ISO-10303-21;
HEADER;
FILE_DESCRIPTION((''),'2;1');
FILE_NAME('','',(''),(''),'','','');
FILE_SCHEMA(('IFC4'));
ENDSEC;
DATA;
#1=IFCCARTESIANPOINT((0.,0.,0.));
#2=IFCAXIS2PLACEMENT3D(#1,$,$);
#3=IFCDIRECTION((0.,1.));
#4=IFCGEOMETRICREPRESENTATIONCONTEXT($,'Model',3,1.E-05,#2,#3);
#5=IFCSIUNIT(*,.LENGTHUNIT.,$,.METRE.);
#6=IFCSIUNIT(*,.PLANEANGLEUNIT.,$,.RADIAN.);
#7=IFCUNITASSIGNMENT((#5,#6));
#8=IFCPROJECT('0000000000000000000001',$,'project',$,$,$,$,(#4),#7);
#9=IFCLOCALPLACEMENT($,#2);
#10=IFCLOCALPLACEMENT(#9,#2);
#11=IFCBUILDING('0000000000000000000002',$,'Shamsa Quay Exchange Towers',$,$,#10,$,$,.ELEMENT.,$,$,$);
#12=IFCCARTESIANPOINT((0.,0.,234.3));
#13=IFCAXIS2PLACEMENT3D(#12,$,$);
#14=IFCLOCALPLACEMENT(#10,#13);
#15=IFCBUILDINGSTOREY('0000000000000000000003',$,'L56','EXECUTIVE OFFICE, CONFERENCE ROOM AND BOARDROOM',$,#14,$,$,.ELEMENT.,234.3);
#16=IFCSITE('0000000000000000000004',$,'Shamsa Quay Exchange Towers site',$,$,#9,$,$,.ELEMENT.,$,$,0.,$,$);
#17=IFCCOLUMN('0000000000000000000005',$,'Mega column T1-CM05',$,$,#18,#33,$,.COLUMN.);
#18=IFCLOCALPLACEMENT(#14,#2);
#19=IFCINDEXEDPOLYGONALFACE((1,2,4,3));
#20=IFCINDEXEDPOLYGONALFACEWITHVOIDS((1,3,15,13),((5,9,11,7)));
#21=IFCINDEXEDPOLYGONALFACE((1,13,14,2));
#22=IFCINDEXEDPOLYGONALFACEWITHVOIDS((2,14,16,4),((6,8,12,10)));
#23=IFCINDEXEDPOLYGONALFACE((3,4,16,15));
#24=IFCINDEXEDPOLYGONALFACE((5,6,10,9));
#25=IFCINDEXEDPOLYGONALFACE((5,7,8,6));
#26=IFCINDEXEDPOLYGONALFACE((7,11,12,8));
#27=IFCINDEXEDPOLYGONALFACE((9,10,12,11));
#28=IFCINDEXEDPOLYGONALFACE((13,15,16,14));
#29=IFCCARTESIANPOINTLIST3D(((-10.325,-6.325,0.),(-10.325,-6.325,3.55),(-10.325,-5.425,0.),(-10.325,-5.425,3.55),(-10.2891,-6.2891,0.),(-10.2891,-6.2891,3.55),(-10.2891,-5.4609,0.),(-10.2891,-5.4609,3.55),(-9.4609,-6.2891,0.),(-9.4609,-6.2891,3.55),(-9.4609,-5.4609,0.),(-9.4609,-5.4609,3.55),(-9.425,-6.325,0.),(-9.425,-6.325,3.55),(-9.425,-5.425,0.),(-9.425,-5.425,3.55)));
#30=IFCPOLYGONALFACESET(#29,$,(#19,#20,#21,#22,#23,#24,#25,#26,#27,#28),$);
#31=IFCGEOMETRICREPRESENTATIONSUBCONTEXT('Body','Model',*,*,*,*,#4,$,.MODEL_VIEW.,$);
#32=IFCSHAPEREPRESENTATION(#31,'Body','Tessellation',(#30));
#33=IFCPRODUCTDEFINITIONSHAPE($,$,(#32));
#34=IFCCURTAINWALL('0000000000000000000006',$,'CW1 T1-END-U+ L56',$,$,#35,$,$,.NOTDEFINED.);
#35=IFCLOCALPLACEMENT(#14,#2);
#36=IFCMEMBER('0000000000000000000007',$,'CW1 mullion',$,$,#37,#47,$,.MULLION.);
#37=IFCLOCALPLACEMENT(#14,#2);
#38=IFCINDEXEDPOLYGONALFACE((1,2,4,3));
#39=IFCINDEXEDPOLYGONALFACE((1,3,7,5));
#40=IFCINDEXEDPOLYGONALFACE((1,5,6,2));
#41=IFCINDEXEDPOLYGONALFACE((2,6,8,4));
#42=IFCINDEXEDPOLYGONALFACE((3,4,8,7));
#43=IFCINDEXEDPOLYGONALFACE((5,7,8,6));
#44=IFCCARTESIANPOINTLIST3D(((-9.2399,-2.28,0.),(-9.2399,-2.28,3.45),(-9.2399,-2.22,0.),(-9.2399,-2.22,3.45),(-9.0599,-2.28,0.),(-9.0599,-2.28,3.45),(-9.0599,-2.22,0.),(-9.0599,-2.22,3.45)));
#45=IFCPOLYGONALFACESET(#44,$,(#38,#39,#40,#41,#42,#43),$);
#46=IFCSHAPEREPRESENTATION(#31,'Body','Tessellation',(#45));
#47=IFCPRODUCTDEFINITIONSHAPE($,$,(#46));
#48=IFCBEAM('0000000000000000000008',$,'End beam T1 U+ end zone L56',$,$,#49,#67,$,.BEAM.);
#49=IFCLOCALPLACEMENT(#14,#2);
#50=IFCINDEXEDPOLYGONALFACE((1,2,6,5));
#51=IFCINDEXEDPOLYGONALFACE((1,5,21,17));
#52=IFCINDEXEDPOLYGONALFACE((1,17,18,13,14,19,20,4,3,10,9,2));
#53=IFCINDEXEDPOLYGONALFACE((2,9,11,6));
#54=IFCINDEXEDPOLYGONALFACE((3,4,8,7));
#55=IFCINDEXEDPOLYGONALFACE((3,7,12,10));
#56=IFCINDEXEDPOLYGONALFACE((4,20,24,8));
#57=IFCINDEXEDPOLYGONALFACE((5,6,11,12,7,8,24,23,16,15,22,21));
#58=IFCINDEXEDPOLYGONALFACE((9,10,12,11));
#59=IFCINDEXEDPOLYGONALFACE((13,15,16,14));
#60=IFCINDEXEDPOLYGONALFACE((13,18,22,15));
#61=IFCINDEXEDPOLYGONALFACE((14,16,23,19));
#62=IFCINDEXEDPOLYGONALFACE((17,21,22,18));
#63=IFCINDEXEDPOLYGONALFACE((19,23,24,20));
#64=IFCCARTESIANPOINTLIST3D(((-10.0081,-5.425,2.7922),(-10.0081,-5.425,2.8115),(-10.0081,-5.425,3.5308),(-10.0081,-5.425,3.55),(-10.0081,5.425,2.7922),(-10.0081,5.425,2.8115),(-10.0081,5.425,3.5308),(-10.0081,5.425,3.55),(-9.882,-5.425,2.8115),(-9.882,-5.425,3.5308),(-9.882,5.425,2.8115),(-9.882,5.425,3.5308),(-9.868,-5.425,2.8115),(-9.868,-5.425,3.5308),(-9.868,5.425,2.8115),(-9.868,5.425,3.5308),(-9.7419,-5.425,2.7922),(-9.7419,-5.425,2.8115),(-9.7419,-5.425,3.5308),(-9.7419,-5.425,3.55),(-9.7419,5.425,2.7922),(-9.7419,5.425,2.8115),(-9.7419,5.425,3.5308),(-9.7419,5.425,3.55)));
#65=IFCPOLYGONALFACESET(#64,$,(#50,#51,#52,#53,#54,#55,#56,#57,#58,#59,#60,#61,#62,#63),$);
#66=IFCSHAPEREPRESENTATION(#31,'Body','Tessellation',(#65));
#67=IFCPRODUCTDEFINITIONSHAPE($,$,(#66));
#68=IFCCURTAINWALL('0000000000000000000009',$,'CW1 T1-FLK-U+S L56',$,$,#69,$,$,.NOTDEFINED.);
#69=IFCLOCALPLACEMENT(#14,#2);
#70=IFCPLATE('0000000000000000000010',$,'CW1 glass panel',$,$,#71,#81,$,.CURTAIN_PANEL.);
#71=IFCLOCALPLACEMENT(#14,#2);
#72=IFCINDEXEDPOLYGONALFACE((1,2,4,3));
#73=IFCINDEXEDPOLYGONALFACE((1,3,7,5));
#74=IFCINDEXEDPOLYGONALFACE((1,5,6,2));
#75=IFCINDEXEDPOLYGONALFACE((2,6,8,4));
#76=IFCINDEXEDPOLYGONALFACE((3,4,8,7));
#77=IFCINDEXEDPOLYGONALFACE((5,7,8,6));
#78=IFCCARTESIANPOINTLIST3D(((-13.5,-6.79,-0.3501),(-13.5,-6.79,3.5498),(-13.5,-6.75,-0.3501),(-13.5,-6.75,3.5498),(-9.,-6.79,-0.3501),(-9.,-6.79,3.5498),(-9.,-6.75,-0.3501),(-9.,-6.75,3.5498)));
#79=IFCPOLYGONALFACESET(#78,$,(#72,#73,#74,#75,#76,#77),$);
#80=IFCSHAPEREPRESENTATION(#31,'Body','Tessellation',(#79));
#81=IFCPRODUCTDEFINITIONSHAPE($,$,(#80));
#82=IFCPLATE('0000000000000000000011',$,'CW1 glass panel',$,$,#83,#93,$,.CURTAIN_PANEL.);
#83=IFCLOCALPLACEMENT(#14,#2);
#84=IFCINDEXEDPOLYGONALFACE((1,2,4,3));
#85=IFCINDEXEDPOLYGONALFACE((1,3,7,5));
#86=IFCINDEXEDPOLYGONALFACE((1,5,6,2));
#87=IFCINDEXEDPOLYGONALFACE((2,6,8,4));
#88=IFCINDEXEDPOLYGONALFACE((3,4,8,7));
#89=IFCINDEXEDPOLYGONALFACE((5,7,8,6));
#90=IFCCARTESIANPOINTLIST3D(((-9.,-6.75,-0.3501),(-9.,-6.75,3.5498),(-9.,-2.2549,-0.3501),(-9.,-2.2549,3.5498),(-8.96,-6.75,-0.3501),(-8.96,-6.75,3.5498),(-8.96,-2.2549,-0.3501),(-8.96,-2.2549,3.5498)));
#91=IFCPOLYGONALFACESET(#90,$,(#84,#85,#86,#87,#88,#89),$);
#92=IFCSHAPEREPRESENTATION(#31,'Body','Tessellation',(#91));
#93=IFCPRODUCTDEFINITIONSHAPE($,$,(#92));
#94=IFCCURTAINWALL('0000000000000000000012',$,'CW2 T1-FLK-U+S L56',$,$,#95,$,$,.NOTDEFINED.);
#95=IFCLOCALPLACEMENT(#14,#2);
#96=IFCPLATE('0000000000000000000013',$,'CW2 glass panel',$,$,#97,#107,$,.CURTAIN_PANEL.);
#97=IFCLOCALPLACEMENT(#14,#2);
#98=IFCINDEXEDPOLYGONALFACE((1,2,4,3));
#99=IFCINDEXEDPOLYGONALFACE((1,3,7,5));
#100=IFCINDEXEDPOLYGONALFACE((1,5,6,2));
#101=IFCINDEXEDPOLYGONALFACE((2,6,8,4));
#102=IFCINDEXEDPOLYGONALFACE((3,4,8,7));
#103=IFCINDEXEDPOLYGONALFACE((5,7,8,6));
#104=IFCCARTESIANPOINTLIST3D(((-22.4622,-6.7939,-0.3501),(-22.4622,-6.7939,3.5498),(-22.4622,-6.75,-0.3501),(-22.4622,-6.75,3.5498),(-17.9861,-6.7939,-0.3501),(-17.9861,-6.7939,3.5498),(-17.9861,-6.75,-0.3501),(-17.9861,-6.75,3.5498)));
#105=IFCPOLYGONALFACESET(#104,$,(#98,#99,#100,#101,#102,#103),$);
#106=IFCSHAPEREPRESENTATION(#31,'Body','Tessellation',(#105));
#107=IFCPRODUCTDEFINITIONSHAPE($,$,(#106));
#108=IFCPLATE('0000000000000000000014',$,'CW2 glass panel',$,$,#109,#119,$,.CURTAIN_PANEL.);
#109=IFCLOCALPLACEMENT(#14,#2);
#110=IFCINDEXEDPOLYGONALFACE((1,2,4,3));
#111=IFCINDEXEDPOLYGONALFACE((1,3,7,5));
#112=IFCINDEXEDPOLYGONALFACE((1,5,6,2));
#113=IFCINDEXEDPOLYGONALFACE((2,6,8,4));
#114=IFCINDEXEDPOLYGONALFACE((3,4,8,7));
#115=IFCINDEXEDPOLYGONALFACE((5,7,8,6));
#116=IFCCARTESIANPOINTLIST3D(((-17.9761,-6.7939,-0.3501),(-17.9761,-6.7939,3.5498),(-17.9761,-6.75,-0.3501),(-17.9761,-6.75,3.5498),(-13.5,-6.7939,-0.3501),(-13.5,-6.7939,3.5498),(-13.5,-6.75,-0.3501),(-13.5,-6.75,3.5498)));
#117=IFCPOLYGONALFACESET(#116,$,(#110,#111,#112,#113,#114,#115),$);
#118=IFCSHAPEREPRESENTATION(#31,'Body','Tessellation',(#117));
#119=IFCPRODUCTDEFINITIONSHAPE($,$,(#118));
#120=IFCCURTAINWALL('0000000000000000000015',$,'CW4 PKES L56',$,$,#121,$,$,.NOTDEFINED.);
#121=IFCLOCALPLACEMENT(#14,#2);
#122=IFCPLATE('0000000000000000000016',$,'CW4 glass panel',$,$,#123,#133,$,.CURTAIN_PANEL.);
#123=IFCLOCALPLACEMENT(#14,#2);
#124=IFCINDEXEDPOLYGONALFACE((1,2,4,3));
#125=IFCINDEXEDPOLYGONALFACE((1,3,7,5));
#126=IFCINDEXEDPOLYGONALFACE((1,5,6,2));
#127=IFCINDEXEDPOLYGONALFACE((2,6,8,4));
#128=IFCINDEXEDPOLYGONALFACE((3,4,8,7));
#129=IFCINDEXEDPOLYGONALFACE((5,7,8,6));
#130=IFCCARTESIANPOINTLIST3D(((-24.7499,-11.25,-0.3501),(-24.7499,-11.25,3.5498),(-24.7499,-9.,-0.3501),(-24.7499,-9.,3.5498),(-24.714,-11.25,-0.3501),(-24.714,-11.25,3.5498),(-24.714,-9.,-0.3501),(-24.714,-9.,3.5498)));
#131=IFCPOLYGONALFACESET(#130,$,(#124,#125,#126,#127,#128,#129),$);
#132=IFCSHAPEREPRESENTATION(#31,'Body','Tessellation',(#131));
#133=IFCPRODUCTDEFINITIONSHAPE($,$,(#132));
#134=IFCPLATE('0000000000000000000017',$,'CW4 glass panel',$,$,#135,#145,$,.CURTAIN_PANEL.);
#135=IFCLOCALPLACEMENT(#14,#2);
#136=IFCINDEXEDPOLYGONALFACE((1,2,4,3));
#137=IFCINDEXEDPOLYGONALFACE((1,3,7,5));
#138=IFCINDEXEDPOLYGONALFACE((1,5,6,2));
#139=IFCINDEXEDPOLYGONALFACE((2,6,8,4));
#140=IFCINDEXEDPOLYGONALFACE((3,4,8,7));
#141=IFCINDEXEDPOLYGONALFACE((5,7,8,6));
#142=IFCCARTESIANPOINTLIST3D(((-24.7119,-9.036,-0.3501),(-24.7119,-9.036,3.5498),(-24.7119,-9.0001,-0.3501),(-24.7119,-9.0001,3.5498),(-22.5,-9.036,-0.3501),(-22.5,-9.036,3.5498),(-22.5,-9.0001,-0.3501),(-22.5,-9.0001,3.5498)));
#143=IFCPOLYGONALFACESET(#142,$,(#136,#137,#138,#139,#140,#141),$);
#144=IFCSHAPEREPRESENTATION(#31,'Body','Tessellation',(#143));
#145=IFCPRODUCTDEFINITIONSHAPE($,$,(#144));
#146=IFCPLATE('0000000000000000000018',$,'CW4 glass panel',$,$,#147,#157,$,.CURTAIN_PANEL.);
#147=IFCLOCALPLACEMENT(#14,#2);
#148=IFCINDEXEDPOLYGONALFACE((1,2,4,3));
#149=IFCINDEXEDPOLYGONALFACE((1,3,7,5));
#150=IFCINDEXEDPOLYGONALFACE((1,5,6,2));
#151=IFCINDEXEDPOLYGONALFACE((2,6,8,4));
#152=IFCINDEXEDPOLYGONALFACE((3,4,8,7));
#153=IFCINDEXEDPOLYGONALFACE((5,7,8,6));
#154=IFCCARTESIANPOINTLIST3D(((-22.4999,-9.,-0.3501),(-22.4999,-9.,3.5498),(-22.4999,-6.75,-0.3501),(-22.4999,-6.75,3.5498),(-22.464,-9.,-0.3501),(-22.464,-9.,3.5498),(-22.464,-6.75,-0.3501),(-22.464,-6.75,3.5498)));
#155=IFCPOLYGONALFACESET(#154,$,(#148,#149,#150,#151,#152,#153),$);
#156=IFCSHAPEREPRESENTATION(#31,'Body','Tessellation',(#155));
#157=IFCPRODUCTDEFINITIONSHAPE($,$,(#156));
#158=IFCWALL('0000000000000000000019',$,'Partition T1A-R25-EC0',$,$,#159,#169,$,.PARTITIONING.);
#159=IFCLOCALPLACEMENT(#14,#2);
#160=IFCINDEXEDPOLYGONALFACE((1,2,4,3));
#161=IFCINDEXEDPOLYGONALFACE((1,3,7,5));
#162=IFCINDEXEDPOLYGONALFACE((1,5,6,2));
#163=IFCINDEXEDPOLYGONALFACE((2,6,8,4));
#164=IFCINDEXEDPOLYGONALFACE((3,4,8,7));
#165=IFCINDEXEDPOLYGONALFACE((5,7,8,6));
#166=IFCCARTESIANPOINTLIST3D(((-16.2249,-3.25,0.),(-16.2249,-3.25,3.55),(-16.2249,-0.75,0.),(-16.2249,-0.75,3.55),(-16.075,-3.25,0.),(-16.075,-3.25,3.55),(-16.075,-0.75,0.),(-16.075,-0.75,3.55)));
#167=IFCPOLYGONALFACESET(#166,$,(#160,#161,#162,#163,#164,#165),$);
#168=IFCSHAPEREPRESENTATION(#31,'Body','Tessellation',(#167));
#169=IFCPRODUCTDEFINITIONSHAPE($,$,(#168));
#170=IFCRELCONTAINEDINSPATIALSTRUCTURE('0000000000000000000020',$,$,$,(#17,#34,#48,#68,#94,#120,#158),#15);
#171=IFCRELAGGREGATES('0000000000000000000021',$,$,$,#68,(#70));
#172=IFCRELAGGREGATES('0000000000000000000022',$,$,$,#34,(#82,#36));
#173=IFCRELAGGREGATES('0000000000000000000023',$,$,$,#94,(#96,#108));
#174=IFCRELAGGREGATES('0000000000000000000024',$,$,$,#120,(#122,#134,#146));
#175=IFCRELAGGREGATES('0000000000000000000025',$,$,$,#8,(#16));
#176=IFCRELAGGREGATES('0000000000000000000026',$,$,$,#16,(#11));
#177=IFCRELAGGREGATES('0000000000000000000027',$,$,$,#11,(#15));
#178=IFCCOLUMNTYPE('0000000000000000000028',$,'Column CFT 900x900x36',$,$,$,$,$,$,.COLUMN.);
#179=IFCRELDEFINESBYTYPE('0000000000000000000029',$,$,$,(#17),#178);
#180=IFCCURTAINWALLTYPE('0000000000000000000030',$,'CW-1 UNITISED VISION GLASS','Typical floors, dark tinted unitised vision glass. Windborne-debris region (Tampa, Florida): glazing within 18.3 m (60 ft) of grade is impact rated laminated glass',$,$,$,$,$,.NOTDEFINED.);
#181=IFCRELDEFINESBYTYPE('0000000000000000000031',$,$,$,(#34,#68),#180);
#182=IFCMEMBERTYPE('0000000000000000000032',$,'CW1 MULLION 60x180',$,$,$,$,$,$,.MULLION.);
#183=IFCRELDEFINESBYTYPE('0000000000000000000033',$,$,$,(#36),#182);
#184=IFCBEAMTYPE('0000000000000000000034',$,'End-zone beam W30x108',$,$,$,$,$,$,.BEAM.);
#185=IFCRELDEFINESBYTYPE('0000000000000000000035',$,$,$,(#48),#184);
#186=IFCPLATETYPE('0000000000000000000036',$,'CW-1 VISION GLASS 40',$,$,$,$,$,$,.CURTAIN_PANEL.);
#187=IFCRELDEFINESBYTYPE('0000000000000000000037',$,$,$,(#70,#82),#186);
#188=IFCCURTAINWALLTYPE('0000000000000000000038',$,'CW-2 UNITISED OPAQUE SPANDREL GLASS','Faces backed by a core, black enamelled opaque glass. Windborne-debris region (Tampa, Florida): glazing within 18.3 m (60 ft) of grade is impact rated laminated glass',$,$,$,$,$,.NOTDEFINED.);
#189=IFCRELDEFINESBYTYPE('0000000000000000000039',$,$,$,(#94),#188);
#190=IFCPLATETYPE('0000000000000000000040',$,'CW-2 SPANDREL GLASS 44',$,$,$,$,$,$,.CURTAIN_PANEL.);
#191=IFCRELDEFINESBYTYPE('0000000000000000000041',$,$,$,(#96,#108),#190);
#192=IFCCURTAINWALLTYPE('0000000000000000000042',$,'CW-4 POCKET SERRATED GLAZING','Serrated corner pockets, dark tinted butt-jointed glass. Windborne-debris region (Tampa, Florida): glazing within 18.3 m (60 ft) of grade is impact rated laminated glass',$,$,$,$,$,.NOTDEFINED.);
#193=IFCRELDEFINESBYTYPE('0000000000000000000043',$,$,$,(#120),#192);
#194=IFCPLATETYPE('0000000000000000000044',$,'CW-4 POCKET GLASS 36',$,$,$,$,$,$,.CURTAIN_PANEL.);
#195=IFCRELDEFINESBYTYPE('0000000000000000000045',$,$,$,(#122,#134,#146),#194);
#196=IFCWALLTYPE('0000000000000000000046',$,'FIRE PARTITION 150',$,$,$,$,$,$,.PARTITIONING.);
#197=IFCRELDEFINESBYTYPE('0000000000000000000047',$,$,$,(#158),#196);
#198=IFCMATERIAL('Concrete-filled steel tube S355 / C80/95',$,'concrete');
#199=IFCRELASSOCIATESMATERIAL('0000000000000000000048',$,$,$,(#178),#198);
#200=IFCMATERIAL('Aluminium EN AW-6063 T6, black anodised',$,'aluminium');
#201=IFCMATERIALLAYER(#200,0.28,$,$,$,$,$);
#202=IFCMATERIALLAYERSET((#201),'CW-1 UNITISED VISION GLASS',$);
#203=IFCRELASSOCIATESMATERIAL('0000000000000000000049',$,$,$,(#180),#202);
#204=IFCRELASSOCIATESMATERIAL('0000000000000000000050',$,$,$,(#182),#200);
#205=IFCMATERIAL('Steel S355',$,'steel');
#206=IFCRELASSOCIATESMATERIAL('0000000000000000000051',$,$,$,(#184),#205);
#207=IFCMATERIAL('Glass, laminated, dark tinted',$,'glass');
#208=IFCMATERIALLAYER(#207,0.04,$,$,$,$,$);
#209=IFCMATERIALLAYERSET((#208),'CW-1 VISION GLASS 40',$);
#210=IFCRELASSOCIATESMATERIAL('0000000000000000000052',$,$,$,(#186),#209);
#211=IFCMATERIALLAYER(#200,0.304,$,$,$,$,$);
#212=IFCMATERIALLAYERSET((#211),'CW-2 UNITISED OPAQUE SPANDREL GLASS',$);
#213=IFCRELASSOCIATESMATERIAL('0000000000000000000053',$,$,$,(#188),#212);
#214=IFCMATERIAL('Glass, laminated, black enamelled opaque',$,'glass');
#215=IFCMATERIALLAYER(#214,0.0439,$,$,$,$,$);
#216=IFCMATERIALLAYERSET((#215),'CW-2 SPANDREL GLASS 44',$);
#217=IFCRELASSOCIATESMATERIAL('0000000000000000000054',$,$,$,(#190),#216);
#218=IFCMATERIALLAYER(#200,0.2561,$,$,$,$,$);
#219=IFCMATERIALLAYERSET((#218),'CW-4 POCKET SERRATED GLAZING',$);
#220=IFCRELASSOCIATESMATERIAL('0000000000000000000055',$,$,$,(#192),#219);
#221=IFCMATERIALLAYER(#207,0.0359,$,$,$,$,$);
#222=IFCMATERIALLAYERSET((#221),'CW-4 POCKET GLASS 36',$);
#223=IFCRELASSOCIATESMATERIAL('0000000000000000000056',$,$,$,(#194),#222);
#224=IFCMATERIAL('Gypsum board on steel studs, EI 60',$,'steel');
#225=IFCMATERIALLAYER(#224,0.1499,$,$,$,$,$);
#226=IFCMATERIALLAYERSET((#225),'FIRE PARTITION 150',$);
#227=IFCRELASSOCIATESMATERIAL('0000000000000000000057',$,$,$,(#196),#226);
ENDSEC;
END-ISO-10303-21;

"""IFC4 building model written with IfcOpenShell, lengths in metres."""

from ifc_helpers import new_model, si_unit, direction, frame, frame_2d, origin, origin_2d, place, context, subcontext, project, spatial, rectangle, hollow_rectangle, i_section, extrude, material, layer, layer_set, material_profile, profile_set, type_object, element, aggregate, save


model = new_model("IFC4")

# Units and contexts
model_context = context("Model", 3, precision=1e-05, world=origin(), true_north=direction((0.0, 1.0)))
body_context = subcontext(model_context, "Body", "Model", "MODEL_VIEW")
ifc_project = project(units=[si_unit("LENGTHUNIT", "METRE"), si_unit("PLANEANGLEUNIT", "RADIAN")], contexts=[model_context])

# Site, building, storey
site_placement = place(None, origin())
site = spatial("IfcSite", under=ifc_project, at=site_placement, Name="Shamsa Quay Exchange Towers site", CompositionType="ELEMENT", RefElevation=0.0)
building_placement = place(site_placement, origin())
building = spatial("IfcBuilding", under=site, at=building_placement, Name="Shamsa Quay Exchange Towers", CompositionType="ELEMENT")
storey_placement = place(building_placement, frame((0.0, 0.0, 234.3)))
storey = spatial("IfcBuildingStorey", under=building, at=storey_placement, Name="L56", Description="EXECUTIVE OFFICE, CONFERENCE ROOM AND BOARDROOM", CompositionType="ELEMENT", Elevation=234.3)

# Column
ifc_material_1 = material(Name="Concrete-filled steel tube S355 / C80/95", Category="concrete")
ifc_material_profile_1 = material_profile(ifc_material_1, hollow_rectangle(XDim=0.8999, YDim=0.8999, WallThickness=0.0359, at=origin_2d()), Name="CFT 900x900x36")
ifc_profile_set_1 = profile_set([ifc_material_profile_1], Name="Concrete-filled steel tube S355 / C80/95")
column_type = type_object("IfcColumnType", Name="Column CFT 900x900x36", PredefinedType="COLUMN", material=ifc_profile_set_1)
column_placement = place(storey_placement, frame((-9.875, -5.875, 0.0)))
element("IfcColumn", 1, at=column_placement, inside=storey, type_object=column_type, Name="Mega column T1-CM05", PredefinedType="COLUMN", context=body_context, shape_type="SweptSolid", body=[
    extrude(hollow_rectangle(XDim=0.8999, YDim=0.8999, WallThickness=0.0359, at=origin_2d()), origin(), (0.0, 0.0, 1.0), 3.55),
])

# Curtain wall, member
ifc_material_2 = material(Name="Aluminium EN AW-6063 T6, black anodised", Category="aluminium")
ifc_layer_1 = layer(ifc_material_2, 0.28)
ifc_layer_set_1 = layer_set([ifc_layer_1], Name="CW-1 UNITISED VISION GLASS")
curtain_wall_type_1 = type_object("IfcCurtainWallType", Name="CW-1 UNITISED VISION GLASS", Description="Typical floors, dark tinted unitised vision glass. Windborne-debris region (Tampa, Florida): glazing within 18.3 m (60 ft) of grade is impact rated laminated glass", PredefinedType="NOTDEFINED", material=ifc_layer_set_1)
curtain_wall_1_placement = place(storey_placement, origin())
curtain_wall_1 = element("IfcCurtainWall", 2, at=curtain_wall_1_placement, inside=storey, type_object=curtain_wall_type_1, Name="CW1 T1-END-U+ L56", PredefinedType="NOTDEFINED")
ifc_material_profile_2 = material_profile(ifc_material_2, rectangle(XDim=0.1799, YDim=0.0601, at=origin_2d()), Name="MU60x180")
ifc_profile_set_2 = profile_set([ifc_material_profile_2], Name="Aluminium EN AW-6063 T6, black anodised")
member_type = type_object("IfcMemberType", Name="CW1 MULLION 60x180", PredefinedType="MULLION", material=ifc_profile_set_2)
member_placement = place(storey_placement, frame((-9.1499, -2.25, 0.0), z_axis=(0.0, 0.0, 1.0), x_axis=(-1.0, 0.0, 0.0)))
member = element("IfcMember", 3, at=member_placement, type_object=member_type, Name="CW1 mullion", PredefinedType="MULLION", context=body_context, shape_type="SweptSolid", body=[
    extrude(rectangle(XDim=0.1799, YDim=0.0601, at=origin_2d()), origin(), (0.0, 0.0, 1.0), 3.45),
])

# Beam
ifc_material_3 = material(Name="Steel S355", Category="steel")
ifc_material_profile_3 = material_profile(ifc_material_3, i_section(OverallWidth=0.2661, OverallDepth=0.7578, WebThickness=0.0139, FlangeThickness=0.0193, at=origin_2d()), Name="W30x108")
ifc_profile_set_3 = profile_set([ifc_material_profile_3], Name="Steel S355")
beam_type = type_object("IfcBeamType", Name="End-zone beam W30x108", PredefinedType="BEAM", material=ifc_profile_set_3)
beam_placement = place(storey_placement, frame((-9.875, -5.425, 3.1711), z_axis=(0.0, 1.0, 0.0), x_axis=(-1.0, 0.0, 0.0)))
element("IfcBeam", 4, at=beam_placement, inside=storey, type_object=beam_type, Name="End beam T1 U+ end zone L56", PredefinedType="BEAM", context=body_context, shape_type="SweptSolid", body=[
    extrude(i_section(OverallWidth=0.2661, OverallDepth=0.7578, WebThickness=0.0139, FlangeThickness=0.0193, at=origin_2d()), origin(), (0.0, 0.0, 1.0), 10.8501),
])

# Curtain wall, plate
curtain_wall_2_placement = place(storey_placement, origin())
curtain_wall_2 = element("IfcCurtainWall", 5, at=curtain_wall_2_placement, inside=storey, type_object=curtain_wall_type_1, Name="CW1 T1-FLK-U+S L56", PredefinedType="NOTDEFINED")
ifc_material_4 = material(Name="Glass, laminated, dark tinted", Category="glass")
ifc_layer_2 = layer(ifc_material_4, 0.04)
ifc_layer_set_2 = layer_set([ifc_layer_2], Name="CW-1 VISION GLASS 40")
plate_type_1 = type_object("IfcPlateType", Name="CW-1 VISION GLASS 40", PredefinedType="CURTAIN_PANEL", material=ifc_layer_set_2)
plate_1_placement = place(storey_placement, frame((-11.25, -6.77, -0.3501)))
plate_1 = element("IfcPlate", 6, at=plate_1_placement, type_object=plate_type_1, Name="CW1 glass panel", PredefinedType="CURTAIN_PANEL", context=body_context, shape_type="SweptSolid", body=[
    extrude(rectangle(XDim=4.5, YDim=0.04, at=origin_2d()), origin(), (0.0, 0.0, 1.0), 3.8999),
])
aggregate(curtain_wall_2, [plate_1])

# Plate
plate_2_placement = place(storey_placement, frame((-8.98, -4.5024, -0.3501), z_axis=(0.0, 0.0, 1.0), x_axis=(0.0, 1.0, 0.0)))
plate_2 = element("IfcPlate", 7, at=plate_2_placement, type_object=plate_type_1, Name="CW1 glass panel", PredefinedType="CURTAIN_PANEL", context=body_context, shape_type="SweptSolid", body=[
    extrude(rectangle(XDim=4.4951, YDim=0.04, at=origin_2d()), origin(), (0.0, 0.0, 1.0), 3.8999),
])
aggregate(curtain_wall_1, [plate_2, member])

# Curtain walls, plates
ifc_layer_3 = layer(ifc_material_2, 0.304)
ifc_layer_set_3 = layer_set([ifc_layer_3], Name="CW-2 UNITISED OPAQUE SPANDREL GLASS")
curtain_wall_type_2 = type_object("IfcCurtainWallType", Name="CW-2 UNITISED OPAQUE SPANDREL GLASS", Description="Faces backed by a core, black enamelled opaque glass. Windborne-debris region (Tampa, Florida): glazing within 18.3 m (60 ft) of grade is impact rated laminated glass", PredefinedType="NOTDEFINED", material=ifc_layer_set_3)
curtain_wall_3_placement = place(storey_placement, origin())
curtain_wall_3 = element("IfcCurtainWall", 8, at=curtain_wall_3_placement, inside=storey, type_object=curtain_wall_type_2, Name="CW2 T1-FLK-U+S L56", PredefinedType="NOTDEFINED")
ifc_material_5 = material(Name="Glass, laminated, black enamelled opaque", Category="glass")
ifc_layer_4 = layer(ifc_material_5, 0.0439)
ifc_layer_set_4 = layer_set([ifc_layer_4], Name="CW-2 SPANDREL GLASS 44")
plate_type_2 = type_object("IfcPlateType", Name="CW-2 SPANDREL GLASS 44", PredefinedType="CURTAIN_PANEL", material=ifc_layer_set_4)
plate_3_placement = place(storey_placement, frame((-20.2241, -6.772, -0.3501)))
plate_3 = element("IfcPlate", 9, at=plate_3_placement, type_object=plate_type_2, Name="CW2 glass panel", PredefinedType="CURTAIN_PANEL", context=body_context, shape_type="SweptSolid", body=[
    extrude(rectangle(XDim=4.4761, YDim=0.0439, at=origin_2d()), origin(), (0.0, 0.0, 1.0), 3.8999),
])
plate_4_placement = place(storey_placement, frame((-15.738, -6.772, -0.3501)))
plate_4 = element("IfcPlate", 10, at=plate_4_placement, type_object=plate_type_2, Name="CW2 glass panel", PredefinedType="CURTAIN_PANEL", context=body_context, shape_type="SweptSolid", body=[
    extrude(rectangle(XDim=4.4761, YDim=0.0439, at=origin_2d()), origin(), (0.0, 0.0, 1.0), 3.8999),
])
aggregate(curtain_wall_3, [plate_3, plate_4])
ifc_layer_5 = layer(ifc_material_2, 0.2561)
ifc_layer_set_5 = layer_set([ifc_layer_5], Name="CW-4 POCKET SERRATED GLAZING")
curtain_wall_type_3 = type_object("IfcCurtainWallType", Name="CW-4 POCKET SERRATED GLAZING", Description="Serrated corner pockets, dark tinted butt-jointed glass. Windborne-debris region (Tampa, Florida): glazing within 18.3 m (60 ft) of grade is impact rated laminated glass", PredefinedType="NOTDEFINED", material=ifc_layer_set_5)
curtain_wall_4_placement = place(storey_placement, origin())
curtain_wall_4 = element("IfcCurtainWall", 11, at=curtain_wall_4_placement, inside=storey, type_object=curtain_wall_type_3, Name="CW4 PKES L56", PredefinedType="NOTDEFINED")
ifc_layer_6 = layer(ifc_material_4, 0.0359)
ifc_layer_set_6 = layer_set([ifc_layer_6], Name="CW-4 POCKET GLASS 36")
plate_type_3 = type_object("IfcPlateType", Name="CW-4 POCKET GLASS 36", PredefinedType="CURTAIN_PANEL", material=ifc_layer_set_6)
plate_5_placement = place(storey_placement, frame((-24.7319, -10.125, -0.3501), z_axis=(0.0, 0.0, 1.0), x_axis=(0.0, 1.0, 0.0)))
plate_5 = element("IfcPlate", 12, at=plate_5_placement, type_object=plate_type_3, Name="CW4 glass panel", PredefinedType="CURTAIN_PANEL", context=body_context, shape_type="SweptSolid", body=[
    extrude(rectangle(XDim=2.25, YDim=0.0359, at=origin_2d()), origin(), (0.0, 0.0, 1.0), 3.8999),
])
plate_6_placement = place(storey_placement, frame((-23.606, -9.0181, -0.3501)))
plate_6 = element("IfcPlate", 13, at=plate_6_placement, type_object=plate_type_3, Name="CW4 glass panel", PredefinedType="CURTAIN_PANEL", context=body_context, shape_type="SweptSolid", body=[
    extrude(rectangle(XDim=2.2119, YDim=0.0359, at=origin_2d()), origin(), (0.0, 0.0, 1.0), 3.8999),
])
plate_7_placement = place(storey_placement, frame((-22.4819, -7.875, -0.3501), z_axis=(0.0, 0.0, 1.0), x_axis=(0.0, 1.0, 0.0)))
plate_7 = element("IfcPlate", 14, at=plate_7_placement, type_object=plate_type_3, Name="CW4 glass panel", PredefinedType="CURTAIN_PANEL", context=body_context, shape_type="SweptSolid", body=[
    extrude(rectangle(XDim=2.25, YDim=0.0359, at=origin_2d()), origin(), (0.0, 0.0, 1.0), 3.8999),
])
aggregate(curtain_wall_4, [plate_5, plate_6, plate_7])

# Wall
ifc_material_6 = material(Name="Gypsum board on steel studs, EI 60", Category="steel")
ifc_layer_7 = layer(ifc_material_6, 0.1499)
ifc_layer_set_7 = layer_set([ifc_layer_7], Name="FIRE PARTITION 150")
wall_type_1 = type_object("IfcWallType", Name="FIRE PARTITION 150", PredefinedType="PARTITIONING", material=ifc_layer_set_7)
wall_1_placement = place(storey_placement, frame((-16.1499, -3.25, 0.0), z_axis=(0.0, 0.0, 1.0), x_axis=(0.0, 1.0, 0.0)))
element("IfcWall", 15, at=wall_1_placement, inside=storey, type_object=wall_type_1, Name="Partition T1A-R25-EC0", PredefinedType="PARTITIONING", context=body_context, shape_type="SweptSolid", body=[
    extrude(rectangle(XDim=2.5, YDim=0.1499, at=frame_2d((1.25, 0.0))), origin(), (0.0, 0.0, 1.0), 3.55),
])

save(model, "model.ifc")
